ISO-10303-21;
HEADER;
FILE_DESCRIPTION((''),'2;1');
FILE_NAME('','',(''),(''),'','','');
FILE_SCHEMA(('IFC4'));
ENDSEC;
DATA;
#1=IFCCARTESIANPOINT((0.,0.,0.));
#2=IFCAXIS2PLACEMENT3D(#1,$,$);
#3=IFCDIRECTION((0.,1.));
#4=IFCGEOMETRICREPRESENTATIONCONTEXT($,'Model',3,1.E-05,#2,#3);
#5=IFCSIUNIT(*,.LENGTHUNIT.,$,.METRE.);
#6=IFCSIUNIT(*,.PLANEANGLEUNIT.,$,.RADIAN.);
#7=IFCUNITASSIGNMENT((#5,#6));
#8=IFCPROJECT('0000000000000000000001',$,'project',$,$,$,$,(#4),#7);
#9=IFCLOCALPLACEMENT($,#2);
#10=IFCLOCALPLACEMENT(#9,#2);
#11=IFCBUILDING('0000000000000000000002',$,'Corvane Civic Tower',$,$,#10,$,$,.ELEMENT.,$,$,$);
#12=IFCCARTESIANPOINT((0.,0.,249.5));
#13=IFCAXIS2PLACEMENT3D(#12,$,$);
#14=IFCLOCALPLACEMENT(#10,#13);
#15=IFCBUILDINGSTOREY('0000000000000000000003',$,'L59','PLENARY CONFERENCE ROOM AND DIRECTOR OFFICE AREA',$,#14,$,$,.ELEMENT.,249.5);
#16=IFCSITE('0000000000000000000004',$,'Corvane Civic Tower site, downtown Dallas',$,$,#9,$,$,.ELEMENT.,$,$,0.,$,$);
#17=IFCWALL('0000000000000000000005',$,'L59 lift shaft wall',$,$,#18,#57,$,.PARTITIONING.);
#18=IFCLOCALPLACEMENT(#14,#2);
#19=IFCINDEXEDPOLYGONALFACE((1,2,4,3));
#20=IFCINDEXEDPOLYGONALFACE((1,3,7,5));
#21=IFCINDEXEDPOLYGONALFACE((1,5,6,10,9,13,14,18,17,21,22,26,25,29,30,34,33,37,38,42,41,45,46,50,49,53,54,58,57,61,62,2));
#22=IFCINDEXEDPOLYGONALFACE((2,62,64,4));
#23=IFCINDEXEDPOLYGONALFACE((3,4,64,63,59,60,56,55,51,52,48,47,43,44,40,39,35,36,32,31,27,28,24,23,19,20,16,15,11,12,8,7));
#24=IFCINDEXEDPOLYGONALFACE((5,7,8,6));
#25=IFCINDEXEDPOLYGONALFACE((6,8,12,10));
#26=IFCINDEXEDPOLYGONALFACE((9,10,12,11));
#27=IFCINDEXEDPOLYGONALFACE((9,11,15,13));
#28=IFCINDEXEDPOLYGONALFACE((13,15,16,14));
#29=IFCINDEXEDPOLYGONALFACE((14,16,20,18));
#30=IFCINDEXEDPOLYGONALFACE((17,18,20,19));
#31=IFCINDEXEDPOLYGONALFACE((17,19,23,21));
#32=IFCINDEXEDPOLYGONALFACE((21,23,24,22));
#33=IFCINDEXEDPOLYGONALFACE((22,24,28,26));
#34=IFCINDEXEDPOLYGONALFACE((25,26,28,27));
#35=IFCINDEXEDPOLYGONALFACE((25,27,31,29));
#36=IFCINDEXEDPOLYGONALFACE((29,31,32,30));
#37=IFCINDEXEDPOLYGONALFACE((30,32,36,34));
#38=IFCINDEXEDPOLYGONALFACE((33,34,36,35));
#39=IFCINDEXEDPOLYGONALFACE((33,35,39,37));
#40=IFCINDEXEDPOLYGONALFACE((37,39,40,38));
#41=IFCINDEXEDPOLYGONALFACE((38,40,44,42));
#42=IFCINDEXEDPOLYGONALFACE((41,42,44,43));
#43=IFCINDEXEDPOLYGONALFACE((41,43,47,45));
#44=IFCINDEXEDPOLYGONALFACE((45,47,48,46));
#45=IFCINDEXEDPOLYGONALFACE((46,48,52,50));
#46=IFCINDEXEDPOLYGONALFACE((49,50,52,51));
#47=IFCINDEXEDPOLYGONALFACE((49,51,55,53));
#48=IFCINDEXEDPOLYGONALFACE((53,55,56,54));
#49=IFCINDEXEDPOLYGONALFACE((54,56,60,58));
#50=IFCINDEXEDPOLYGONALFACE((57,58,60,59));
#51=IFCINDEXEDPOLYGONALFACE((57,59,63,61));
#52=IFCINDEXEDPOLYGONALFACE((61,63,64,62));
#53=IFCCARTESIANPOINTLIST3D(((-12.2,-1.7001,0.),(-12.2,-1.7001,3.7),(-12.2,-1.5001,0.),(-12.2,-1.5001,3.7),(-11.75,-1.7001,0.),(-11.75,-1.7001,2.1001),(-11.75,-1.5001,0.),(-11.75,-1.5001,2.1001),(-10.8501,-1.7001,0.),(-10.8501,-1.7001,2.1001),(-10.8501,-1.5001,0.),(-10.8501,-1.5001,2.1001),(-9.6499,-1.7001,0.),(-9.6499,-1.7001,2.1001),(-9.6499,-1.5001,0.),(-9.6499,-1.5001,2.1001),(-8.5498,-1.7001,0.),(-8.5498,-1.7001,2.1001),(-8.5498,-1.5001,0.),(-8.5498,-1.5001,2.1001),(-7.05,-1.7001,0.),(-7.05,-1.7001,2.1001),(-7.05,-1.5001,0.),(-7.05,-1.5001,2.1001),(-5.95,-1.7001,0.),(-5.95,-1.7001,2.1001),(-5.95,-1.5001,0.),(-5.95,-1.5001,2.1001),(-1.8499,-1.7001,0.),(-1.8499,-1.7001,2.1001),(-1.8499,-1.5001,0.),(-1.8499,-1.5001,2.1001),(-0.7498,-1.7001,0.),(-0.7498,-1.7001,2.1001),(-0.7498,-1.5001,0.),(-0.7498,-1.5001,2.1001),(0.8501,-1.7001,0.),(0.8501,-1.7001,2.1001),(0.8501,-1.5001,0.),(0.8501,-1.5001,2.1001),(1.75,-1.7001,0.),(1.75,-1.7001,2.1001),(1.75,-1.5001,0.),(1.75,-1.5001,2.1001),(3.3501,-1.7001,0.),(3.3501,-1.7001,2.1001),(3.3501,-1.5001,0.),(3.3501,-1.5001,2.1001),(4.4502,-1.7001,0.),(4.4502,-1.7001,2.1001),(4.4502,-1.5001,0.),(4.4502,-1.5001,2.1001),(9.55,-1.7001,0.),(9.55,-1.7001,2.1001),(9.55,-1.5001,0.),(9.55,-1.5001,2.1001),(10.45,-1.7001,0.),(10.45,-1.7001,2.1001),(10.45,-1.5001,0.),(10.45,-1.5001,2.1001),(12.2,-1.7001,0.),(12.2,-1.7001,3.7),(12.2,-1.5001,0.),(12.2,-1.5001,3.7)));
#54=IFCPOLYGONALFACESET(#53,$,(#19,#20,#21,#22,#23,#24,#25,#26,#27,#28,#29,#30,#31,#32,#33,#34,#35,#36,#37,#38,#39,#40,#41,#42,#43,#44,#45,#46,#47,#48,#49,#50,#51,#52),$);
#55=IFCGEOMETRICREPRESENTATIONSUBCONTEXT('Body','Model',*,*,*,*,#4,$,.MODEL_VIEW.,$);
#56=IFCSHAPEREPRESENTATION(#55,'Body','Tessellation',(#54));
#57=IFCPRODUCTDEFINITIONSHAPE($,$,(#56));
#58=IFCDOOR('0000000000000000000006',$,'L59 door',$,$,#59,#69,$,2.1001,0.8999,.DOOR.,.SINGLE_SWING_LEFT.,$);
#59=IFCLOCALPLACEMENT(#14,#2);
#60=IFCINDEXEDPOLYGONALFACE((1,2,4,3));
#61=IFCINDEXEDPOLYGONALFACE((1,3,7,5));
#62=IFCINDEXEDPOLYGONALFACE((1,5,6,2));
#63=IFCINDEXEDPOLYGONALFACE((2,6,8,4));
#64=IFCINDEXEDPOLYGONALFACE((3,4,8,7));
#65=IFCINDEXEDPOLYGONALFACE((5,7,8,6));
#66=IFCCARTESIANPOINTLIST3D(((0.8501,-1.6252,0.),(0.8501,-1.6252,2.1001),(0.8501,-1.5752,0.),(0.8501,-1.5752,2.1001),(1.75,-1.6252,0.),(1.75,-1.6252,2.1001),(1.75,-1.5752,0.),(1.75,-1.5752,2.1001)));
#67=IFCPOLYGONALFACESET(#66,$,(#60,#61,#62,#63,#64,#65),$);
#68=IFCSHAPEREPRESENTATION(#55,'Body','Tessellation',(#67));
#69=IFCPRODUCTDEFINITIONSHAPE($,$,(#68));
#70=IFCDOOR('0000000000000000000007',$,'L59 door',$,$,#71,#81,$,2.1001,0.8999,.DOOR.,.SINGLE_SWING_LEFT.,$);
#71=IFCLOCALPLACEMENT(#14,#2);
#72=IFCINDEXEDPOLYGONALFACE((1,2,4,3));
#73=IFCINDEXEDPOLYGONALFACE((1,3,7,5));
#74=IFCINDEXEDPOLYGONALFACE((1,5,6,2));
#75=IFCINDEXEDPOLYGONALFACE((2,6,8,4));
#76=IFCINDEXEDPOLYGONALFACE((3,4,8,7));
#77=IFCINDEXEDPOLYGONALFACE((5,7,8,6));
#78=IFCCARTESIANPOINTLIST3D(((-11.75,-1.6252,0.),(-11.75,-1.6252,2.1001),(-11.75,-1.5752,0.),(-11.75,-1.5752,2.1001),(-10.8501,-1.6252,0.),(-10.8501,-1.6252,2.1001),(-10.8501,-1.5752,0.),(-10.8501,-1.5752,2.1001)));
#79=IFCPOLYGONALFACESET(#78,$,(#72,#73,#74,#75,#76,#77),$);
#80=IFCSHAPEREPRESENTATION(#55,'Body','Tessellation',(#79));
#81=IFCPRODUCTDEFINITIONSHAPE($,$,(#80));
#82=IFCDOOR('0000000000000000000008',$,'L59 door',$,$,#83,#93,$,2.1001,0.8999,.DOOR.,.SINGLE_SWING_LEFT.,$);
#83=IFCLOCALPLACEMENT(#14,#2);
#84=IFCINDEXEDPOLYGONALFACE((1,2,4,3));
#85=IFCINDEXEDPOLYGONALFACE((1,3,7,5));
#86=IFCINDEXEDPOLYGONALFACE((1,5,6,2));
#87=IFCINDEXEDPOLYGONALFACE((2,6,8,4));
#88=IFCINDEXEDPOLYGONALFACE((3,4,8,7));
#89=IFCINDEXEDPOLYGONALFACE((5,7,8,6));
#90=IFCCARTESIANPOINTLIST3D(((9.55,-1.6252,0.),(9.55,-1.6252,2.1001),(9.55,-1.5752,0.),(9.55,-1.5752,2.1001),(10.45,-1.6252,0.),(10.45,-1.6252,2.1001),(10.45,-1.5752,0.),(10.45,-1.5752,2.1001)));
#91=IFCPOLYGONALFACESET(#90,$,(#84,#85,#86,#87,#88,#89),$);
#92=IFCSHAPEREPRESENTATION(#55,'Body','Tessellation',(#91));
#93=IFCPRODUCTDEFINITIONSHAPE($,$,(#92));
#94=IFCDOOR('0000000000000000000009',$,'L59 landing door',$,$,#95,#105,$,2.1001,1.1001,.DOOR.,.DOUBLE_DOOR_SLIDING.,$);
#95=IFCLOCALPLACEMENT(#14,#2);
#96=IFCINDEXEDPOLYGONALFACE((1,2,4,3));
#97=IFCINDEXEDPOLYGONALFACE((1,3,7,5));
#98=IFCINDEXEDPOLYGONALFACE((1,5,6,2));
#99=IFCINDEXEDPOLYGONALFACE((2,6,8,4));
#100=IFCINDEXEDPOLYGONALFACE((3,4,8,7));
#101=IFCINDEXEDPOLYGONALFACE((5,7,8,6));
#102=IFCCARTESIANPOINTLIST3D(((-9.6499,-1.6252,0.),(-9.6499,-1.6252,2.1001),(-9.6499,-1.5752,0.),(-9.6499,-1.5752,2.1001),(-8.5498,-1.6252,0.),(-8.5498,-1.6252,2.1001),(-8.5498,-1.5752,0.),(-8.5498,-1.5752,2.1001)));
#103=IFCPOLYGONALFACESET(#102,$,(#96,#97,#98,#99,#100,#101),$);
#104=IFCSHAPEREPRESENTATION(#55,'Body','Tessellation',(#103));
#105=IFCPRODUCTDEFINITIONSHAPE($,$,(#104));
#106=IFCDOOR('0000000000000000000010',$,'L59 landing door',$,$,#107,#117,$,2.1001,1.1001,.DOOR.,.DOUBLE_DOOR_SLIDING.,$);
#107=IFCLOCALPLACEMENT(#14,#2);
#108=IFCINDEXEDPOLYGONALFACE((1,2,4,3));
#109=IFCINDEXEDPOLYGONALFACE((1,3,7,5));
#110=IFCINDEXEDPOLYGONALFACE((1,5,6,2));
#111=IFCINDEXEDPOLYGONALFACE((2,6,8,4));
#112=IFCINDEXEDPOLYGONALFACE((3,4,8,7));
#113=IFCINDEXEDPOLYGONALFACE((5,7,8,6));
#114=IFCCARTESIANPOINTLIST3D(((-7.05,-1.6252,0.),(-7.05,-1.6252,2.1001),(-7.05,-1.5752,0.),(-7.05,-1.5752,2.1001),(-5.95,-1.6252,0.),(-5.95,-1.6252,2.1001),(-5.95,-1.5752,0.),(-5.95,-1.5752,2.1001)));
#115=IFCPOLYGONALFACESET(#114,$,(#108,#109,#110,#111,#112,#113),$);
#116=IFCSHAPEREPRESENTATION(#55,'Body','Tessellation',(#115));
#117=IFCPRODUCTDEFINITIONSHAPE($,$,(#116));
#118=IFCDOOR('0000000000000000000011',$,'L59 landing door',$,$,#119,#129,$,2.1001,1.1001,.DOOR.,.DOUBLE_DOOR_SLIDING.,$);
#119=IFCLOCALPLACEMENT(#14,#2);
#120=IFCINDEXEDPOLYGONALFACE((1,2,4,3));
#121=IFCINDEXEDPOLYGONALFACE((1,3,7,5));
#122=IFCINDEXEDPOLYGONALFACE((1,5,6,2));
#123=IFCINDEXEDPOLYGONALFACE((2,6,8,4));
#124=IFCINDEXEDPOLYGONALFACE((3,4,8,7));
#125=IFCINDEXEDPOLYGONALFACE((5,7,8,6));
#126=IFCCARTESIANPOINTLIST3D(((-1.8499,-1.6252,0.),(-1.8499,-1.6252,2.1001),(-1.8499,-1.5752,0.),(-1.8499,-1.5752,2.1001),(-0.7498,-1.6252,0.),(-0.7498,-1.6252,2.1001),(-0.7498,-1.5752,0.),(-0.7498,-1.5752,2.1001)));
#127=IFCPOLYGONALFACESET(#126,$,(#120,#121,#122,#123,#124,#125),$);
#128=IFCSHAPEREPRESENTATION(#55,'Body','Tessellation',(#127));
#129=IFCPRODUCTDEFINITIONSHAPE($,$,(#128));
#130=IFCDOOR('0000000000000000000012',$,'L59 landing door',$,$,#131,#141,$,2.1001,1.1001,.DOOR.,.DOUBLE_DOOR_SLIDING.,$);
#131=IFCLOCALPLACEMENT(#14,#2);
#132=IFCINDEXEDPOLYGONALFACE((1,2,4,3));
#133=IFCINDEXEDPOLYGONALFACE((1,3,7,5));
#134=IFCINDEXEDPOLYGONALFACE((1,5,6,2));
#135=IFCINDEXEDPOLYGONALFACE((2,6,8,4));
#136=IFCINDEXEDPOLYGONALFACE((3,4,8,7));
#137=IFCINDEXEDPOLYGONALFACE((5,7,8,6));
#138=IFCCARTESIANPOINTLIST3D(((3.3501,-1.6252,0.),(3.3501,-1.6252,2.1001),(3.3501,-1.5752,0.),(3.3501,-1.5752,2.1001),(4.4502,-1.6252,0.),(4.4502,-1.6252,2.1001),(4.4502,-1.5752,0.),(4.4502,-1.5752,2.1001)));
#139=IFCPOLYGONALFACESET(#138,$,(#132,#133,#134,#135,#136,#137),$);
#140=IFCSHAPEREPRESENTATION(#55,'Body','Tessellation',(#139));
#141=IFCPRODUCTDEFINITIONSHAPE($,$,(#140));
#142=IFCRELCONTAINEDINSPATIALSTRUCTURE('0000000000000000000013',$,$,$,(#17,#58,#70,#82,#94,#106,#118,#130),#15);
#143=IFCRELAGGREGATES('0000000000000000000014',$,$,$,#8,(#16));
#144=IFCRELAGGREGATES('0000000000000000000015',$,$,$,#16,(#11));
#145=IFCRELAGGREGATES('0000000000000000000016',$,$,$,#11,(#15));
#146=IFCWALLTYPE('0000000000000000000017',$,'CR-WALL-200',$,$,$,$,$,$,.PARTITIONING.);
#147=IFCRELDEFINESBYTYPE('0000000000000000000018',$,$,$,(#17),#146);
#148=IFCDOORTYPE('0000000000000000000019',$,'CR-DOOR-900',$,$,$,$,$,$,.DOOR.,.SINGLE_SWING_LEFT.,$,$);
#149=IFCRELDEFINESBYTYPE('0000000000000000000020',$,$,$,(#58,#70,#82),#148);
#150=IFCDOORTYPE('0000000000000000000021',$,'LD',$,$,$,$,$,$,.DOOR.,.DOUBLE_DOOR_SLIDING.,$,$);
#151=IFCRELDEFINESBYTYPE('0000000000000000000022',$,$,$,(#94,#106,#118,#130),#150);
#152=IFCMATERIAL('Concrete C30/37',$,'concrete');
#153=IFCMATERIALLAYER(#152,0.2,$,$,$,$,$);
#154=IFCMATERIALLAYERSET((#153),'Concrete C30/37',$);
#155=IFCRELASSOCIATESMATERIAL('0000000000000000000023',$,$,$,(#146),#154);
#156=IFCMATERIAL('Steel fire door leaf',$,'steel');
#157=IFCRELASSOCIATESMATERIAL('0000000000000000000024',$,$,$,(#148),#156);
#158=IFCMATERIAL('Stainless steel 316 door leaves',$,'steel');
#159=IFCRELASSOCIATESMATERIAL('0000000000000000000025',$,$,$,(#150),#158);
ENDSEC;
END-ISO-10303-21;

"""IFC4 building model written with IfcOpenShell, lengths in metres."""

from ifc_helpers import new_model, si_unit, direction, frame, frame_2d, origin, place, context, subcontext, project, spatial, rectangle, extrude, material, layer, layer_set, type_object, element, fill, save


model = new_model("IFC4")

# Units and contexts
model_context = context("Model", 3, precision=1e-05, world=origin(), true_north=direction((0.0, 1.0)))
body_context = subcontext(model_context, "Body", "Model", "MODEL_VIEW")
ifc_project = project(units=[si_unit("LENGTHUNIT", "METRE"), si_unit("PLANEANGLEUNIT", "RADIAN")], contexts=[model_context])

# Site, building, storey
site_placement = place(None, origin())
site = spatial("IfcSite", under=ifc_project, at=site_placement, Name="Corvane Civic Tower site, downtown Dallas", CompositionType="ELEMENT", RefElevation=0.0)
building_placement = place(site_placement, origin())
building = spatial("IfcBuilding", under=site, at=building_placement, Name="Corvane Civic Tower", CompositionType="ELEMENT")
storey_placement = place(building_placement, frame((0.0, 0.0, 249.5)))
storey = spatial("IfcBuildingStorey", under=building, at=storey_placement, Name="L59", Description="PLENARY CONFERENCE ROOM AND DIRECTOR OFFICE AREA", CompositionType="ELEMENT", Elevation=249.5)

# Shared definitions
ifc_material_1 = material(Name="Concrete C30/37", Category="concrete")
ifc_layer_1 = layer(ifc_material_1, 0.2)
ifc_layer_set_1 = layer_set([ifc_layer_1], Name="Concrete C30/37")
wall_type_1 = type_object("IfcWallType", Name="CR-WALL-200", PredefinedType="PARTITIONING", material=ifc_layer_set_1)
ifc_material_2 = material(Name="Steel fire door leaf", Category="steel")
door_type_1 = type_object("IfcDoorType", Name="CR-DOOR-900", OperationType="SINGLE_SWING_LEFT", PredefinedType="DOOR", material=ifc_material_2)

# Wall, openings, doors
wall_1_placement = place(storey_placement, frame((-12.2, -1.6001, 0.0), z_axis=(0.0, 0.0, 1.0), x_axis=(1.0, 0.0, 0.0)))
wall_1 = element("IfcWall", 1, at=wall_1_placement, inside=storey, type_object=wall_type_1, Name="L59 lift shaft wall", PredefinedType="PARTITIONING", context=body_context, shape_type="SweptSolid", body=[
    extrude(rectangle(XDim=24.3999, YDim=0.2, at=frame_2d((12.2, 0.0))), origin(), (0.0, 0.0, 1.0), 3.7),
])
opening_1_placement = place(wall_1_placement, frame((2.55, 0.0, 0.0)))
opening_1 = element("IfcOpeningElement", 2, at=opening_1_placement, cuts=wall_1, PredefinedType="OPENING", context=body_context, shape_type="SweptSolid", body=[
    extrude(rectangle(XDim=1.1001, YDim=2.1001, at=frame_2d((0.55, 1.05))), frame((0.0, 0.1099, 0.0), z_axis=(0.0, -1.0, 0.0), x_axis=(1.0, 0.0, 0.0)), (0.0, 0.0, 1.0), 0.22),
])
opening_2_placement = place(wall_1_placement, frame((5.1499, 0.0, 0.0)))
opening_2 = element("IfcOpeningElement", 3, at=opening_2_placement, cuts=wall_1, PredefinedType="OPENING", context=body_context, shape_type="SweptSolid", body=[
    extrude(rectangle(XDim=1.1001, YDim=2.1001, at=frame_2d((0.55, 1.05))), frame((0.0, 0.1099, 0.0), z_axis=(0.0, -1.0, 0.0), x_axis=(1.0, 0.0, 0.0)), (0.0, 0.0, 1.0), 0.22),
])
opening_3_placement = place(wall_1_placement, frame((10.3501, 0.0, 0.0)))
opening_3 = element("IfcOpeningElement", 4, at=opening_3_placement, cuts=wall_1, PredefinedType="OPENING", context=body_context, shape_type="SweptSolid", body=[
    extrude(rectangle(XDim=1.1001, YDim=2.1001, at=frame_2d((0.55, 1.05))), frame((0.0, 0.1099, 0.0), z_axis=(0.0, -1.0, 0.0), x_axis=(1.0, 0.0, 0.0)), (0.0, 0.0, 1.0), 0.22),
])
opening_4_placement = place(wall_1_placement, frame((13.05, 0.0, 0.0)))
opening_4 = element("IfcOpeningElement", 5, at=opening_4_placement, cuts=wall_1, PredefinedType="OPENING", context=body_context, shape_type="SweptSolid", body=[
    extrude(rectangle(XDim=0.8999, YDim=2.1001, at=frame_2d((0.45, 1.05))), frame((0.0, 0.1099, 0.0), z_axis=(0.0, -1.0, 0.0), x_axis=(1.0, 0.0, 0.0)), (0.0, 0.0, 1.0), 0.22),
])
opening_5_placement = place(wall_1_placement, frame((15.55, 0.0, 0.0)))
opening_5 = element("IfcOpeningElement", 6, at=opening_5_placement, cuts=wall_1, PredefinedType="OPENING", context=body_context, shape_type="SweptSolid", body=[
    extrude(rectangle(XDim=1.1001, YDim=2.1001, at=frame_2d((0.55, 1.05))), frame((0.0, 0.1099, 0.0), z_axis=(0.0, -1.0, 0.0), x_axis=(1.0, 0.0, 0.0)), (0.0, 0.0, 1.0), 0.22),
])
opening_6_placement = place(wall_1_placement, frame((0.45, 0.0, 0.0)))
opening_6 = element("IfcOpeningElement", 7, at=opening_6_placement, cuts=wall_1, PredefinedType="OPENING", context=body_context, shape_type="SweptSolid", body=[
    extrude(rectangle(XDim=0.8999, YDim=2.1001, at=frame_2d((0.45, 1.05))), frame((0.0, 0.1099, 0.0), z_axis=(0.0, -1.0, 0.0), x_axis=(1.0, 0.0, 0.0)), (0.0, 0.0, 1.0), 0.22),
])
opening_7_placement = place(wall_1_placement, frame((21.75, 0.0, 0.0)))
opening_7 = element("IfcOpeningElement", 8, at=opening_7_placement, cuts=wall_1, PredefinedType="OPENING", context=body_context, shape_type="SweptSolid", body=[
    extrude(rectangle(XDim=0.8999, YDim=2.1001, at=frame_2d((0.45, 1.05))), frame((0.0, 0.1099, 0.0), z_axis=(0.0, -1.0, 0.0), x_axis=(1.0, 0.0, 0.0)), (0.0, 0.0, 1.0), 0.22),
])
door_1_placement = place(opening_4_placement, origin())
door_1 = element("IfcDoor", 9, at=door_1_placement, inside=storey, type_object=door_type_1, Name="L59 door", OperationType="SINGLE_SWING_LEFT", OverallHeight=2.1001, OverallWidth=0.8999, PredefinedType="DOOR", context=body_context, shape_type="SweptSolid", body=[
    extrude(rectangle(XDim=0.8999, YDim=2.1001, at=frame_2d((0.45, 1.05))), frame((0.0, 0.0249, 0.0), z_axis=(0.0, -1.0, 0.0), x_axis=(1.0, 0.0, 0.0)), (0.0, 0.0, 1.0), 0.05),
])
fill(opening_4, door_1)
door_2_placement = place(opening_6_placement, origin())
door_2 = element("IfcDoor", 10, at=door_2_placement, inside=storey, type_object=door_type_1, Name="L59 door", OperationType="SINGLE_SWING_LEFT", OverallHeight=2.1001, OverallWidth=0.8999, PredefinedType="DOOR", context=body_context, shape_type="SweptSolid", body=[
    extrude(rectangle(XDim=0.8999, YDim=2.1001, at=frame_2d((0.45, 1.05))), frame((0.0, 0.0249, 0.0), z_axis=(0.0, -1.0, 0.0), x_axis=(1.0, 0.0, 0.0)), (0.0, 0.0, 1.0), 0.05),
])
fill(opening_6, door_2)
door_3_placement = place(opening_7_placement, origin())
door_3 = element("IfcDoor", 11, at=door_3_placement, inside=storey, type_object=door_type_1, Name="L59 door", OperationType="SINGLE_SWING_LEFT", OverallHeight=2.1001, OverallWidth=0.8999, PredefinedType="DOOR", context=body_context, shape_type="SweptSolid", body=[
    extrude(rectangle(XDim=0.8999, YDim=2.1001, at=frame_2d((0.45, 1.05))), frame((0.0, 0.0249, 0.0), z_axis=(0.0, -1.0, 0.0), x_axis=(1.0, 0.0, 0.0)), (0.0, 0.0, 1.0), 0.05),
])
fill(opening_7, door_3)
ifc_material_3 = material(Name="Stainless steel 316 door leaves", Category="steel")
door_type_2 = type_object("IfcDoorType", Name="LD", OperationType="DOUBLE_DOOR_SLIDING", PredefinedType="DOOR", material=ifc_material_3)
door_4_placement = place(opening_1_placement, origin())
door_4 = element("IfcDoor", 12, at=door_4_placement, inside=storey, type_object=door_type_2, Name="L59 landing door", OperationType="DOUBLE_DOOR_SLIDING", OverallHeight=2.1001, OverallWidth=1.1001, PredefinedType="DOOR", context=body_context, shape_type="SweptSolid", body=[
    extrude(rectangle(XDim=1.1001, YDim=2.1001, at=frame_2d((0.55, 1.05))), frame((0.0, 0.0249, 0.0), z_axis=(0.0, -1.0, 0.0), x_axis=(1.0, 0.0, 0.0)), (0.0, 0.0, 1.0), 0.05),
])
fill(opening_1, door_4)
door_5_placement = place(opening_2_placement, origin())
door_5 = element("IfcDoor", 13, at=door_5_placement, inside=storey, type_object=door_type_2, Name="L59 landing door", OperationType="DOUBLE_DOOR_SLIDING", OverallHeight=2.1001, OverallWidth=1.1001, PredefinedType="DOOR", context=body_context, shape_type="SweptSolid", body=[
    extrude(rectangle(XDim=1.1001, YDim=2.1001, at=frame_2d((0.55, 1.05))), frame((0.0, 0.0249, 0.0), z_axis=(0.0, -1.0, 0.0), x_axis=(1.0, 0.0, 0.0)), (0.0, 0.0, 1.0), 0.05),
])
fill(opening_2, door_5)
door_6_placement = place(opening_3_placement, origin())
door_6 = element("IfcDoor", 14, at=door_6_placement, inside=storey, type_object=door_type_2, Name="L59 landing door", OperationType="DOUBLE_DOOR_SLIDING", OverallHeight=2.1001, OverallWidth=1.1001, PredefinedType="DOOR", context=body_context, shape_type="SweptSolid", body=[
    extrude(rectangle(XDim=1.1001, YDim=2.1001, at=frame_2d((0.55, 1.05))), frame((0.0, 0.0249, 0.0), z_axis=(0.0, -1.0, 0.0), x_axis=(1.0, 0.0, 0.0)), (0.0, 0.0, 1.0), 0.05),
])
fill(opening_3, door_6)
door_7_placement = place(opening_5_placement, origin())
door_7 = element("IfcDoor", 15, at=door_7_placement, inside=storey, type_object=door_type_2, Name="L59 landing door", OperationType="DOUBLE_DOOR_SLIDING", OverallHeight=2.1001, OverallWidth=1.1001, PredefinedType="DOOR", context=body_context, shape_type="SweptSolid", body=[
    extrude(rectangle(XDim=1.1001, YDim=2.1001, at=frame_2d((0.55, 1.05))), frame((0.0, 0.0249, 0.0), z_axis=(0.0, -1.0, 0.0), x_axis=(1.0, 0.0, 0.0)), (0.0, 0.0, 1.0), 0.05),
])
fill(opening_5, door_7)

save(model, "model.ifc")
